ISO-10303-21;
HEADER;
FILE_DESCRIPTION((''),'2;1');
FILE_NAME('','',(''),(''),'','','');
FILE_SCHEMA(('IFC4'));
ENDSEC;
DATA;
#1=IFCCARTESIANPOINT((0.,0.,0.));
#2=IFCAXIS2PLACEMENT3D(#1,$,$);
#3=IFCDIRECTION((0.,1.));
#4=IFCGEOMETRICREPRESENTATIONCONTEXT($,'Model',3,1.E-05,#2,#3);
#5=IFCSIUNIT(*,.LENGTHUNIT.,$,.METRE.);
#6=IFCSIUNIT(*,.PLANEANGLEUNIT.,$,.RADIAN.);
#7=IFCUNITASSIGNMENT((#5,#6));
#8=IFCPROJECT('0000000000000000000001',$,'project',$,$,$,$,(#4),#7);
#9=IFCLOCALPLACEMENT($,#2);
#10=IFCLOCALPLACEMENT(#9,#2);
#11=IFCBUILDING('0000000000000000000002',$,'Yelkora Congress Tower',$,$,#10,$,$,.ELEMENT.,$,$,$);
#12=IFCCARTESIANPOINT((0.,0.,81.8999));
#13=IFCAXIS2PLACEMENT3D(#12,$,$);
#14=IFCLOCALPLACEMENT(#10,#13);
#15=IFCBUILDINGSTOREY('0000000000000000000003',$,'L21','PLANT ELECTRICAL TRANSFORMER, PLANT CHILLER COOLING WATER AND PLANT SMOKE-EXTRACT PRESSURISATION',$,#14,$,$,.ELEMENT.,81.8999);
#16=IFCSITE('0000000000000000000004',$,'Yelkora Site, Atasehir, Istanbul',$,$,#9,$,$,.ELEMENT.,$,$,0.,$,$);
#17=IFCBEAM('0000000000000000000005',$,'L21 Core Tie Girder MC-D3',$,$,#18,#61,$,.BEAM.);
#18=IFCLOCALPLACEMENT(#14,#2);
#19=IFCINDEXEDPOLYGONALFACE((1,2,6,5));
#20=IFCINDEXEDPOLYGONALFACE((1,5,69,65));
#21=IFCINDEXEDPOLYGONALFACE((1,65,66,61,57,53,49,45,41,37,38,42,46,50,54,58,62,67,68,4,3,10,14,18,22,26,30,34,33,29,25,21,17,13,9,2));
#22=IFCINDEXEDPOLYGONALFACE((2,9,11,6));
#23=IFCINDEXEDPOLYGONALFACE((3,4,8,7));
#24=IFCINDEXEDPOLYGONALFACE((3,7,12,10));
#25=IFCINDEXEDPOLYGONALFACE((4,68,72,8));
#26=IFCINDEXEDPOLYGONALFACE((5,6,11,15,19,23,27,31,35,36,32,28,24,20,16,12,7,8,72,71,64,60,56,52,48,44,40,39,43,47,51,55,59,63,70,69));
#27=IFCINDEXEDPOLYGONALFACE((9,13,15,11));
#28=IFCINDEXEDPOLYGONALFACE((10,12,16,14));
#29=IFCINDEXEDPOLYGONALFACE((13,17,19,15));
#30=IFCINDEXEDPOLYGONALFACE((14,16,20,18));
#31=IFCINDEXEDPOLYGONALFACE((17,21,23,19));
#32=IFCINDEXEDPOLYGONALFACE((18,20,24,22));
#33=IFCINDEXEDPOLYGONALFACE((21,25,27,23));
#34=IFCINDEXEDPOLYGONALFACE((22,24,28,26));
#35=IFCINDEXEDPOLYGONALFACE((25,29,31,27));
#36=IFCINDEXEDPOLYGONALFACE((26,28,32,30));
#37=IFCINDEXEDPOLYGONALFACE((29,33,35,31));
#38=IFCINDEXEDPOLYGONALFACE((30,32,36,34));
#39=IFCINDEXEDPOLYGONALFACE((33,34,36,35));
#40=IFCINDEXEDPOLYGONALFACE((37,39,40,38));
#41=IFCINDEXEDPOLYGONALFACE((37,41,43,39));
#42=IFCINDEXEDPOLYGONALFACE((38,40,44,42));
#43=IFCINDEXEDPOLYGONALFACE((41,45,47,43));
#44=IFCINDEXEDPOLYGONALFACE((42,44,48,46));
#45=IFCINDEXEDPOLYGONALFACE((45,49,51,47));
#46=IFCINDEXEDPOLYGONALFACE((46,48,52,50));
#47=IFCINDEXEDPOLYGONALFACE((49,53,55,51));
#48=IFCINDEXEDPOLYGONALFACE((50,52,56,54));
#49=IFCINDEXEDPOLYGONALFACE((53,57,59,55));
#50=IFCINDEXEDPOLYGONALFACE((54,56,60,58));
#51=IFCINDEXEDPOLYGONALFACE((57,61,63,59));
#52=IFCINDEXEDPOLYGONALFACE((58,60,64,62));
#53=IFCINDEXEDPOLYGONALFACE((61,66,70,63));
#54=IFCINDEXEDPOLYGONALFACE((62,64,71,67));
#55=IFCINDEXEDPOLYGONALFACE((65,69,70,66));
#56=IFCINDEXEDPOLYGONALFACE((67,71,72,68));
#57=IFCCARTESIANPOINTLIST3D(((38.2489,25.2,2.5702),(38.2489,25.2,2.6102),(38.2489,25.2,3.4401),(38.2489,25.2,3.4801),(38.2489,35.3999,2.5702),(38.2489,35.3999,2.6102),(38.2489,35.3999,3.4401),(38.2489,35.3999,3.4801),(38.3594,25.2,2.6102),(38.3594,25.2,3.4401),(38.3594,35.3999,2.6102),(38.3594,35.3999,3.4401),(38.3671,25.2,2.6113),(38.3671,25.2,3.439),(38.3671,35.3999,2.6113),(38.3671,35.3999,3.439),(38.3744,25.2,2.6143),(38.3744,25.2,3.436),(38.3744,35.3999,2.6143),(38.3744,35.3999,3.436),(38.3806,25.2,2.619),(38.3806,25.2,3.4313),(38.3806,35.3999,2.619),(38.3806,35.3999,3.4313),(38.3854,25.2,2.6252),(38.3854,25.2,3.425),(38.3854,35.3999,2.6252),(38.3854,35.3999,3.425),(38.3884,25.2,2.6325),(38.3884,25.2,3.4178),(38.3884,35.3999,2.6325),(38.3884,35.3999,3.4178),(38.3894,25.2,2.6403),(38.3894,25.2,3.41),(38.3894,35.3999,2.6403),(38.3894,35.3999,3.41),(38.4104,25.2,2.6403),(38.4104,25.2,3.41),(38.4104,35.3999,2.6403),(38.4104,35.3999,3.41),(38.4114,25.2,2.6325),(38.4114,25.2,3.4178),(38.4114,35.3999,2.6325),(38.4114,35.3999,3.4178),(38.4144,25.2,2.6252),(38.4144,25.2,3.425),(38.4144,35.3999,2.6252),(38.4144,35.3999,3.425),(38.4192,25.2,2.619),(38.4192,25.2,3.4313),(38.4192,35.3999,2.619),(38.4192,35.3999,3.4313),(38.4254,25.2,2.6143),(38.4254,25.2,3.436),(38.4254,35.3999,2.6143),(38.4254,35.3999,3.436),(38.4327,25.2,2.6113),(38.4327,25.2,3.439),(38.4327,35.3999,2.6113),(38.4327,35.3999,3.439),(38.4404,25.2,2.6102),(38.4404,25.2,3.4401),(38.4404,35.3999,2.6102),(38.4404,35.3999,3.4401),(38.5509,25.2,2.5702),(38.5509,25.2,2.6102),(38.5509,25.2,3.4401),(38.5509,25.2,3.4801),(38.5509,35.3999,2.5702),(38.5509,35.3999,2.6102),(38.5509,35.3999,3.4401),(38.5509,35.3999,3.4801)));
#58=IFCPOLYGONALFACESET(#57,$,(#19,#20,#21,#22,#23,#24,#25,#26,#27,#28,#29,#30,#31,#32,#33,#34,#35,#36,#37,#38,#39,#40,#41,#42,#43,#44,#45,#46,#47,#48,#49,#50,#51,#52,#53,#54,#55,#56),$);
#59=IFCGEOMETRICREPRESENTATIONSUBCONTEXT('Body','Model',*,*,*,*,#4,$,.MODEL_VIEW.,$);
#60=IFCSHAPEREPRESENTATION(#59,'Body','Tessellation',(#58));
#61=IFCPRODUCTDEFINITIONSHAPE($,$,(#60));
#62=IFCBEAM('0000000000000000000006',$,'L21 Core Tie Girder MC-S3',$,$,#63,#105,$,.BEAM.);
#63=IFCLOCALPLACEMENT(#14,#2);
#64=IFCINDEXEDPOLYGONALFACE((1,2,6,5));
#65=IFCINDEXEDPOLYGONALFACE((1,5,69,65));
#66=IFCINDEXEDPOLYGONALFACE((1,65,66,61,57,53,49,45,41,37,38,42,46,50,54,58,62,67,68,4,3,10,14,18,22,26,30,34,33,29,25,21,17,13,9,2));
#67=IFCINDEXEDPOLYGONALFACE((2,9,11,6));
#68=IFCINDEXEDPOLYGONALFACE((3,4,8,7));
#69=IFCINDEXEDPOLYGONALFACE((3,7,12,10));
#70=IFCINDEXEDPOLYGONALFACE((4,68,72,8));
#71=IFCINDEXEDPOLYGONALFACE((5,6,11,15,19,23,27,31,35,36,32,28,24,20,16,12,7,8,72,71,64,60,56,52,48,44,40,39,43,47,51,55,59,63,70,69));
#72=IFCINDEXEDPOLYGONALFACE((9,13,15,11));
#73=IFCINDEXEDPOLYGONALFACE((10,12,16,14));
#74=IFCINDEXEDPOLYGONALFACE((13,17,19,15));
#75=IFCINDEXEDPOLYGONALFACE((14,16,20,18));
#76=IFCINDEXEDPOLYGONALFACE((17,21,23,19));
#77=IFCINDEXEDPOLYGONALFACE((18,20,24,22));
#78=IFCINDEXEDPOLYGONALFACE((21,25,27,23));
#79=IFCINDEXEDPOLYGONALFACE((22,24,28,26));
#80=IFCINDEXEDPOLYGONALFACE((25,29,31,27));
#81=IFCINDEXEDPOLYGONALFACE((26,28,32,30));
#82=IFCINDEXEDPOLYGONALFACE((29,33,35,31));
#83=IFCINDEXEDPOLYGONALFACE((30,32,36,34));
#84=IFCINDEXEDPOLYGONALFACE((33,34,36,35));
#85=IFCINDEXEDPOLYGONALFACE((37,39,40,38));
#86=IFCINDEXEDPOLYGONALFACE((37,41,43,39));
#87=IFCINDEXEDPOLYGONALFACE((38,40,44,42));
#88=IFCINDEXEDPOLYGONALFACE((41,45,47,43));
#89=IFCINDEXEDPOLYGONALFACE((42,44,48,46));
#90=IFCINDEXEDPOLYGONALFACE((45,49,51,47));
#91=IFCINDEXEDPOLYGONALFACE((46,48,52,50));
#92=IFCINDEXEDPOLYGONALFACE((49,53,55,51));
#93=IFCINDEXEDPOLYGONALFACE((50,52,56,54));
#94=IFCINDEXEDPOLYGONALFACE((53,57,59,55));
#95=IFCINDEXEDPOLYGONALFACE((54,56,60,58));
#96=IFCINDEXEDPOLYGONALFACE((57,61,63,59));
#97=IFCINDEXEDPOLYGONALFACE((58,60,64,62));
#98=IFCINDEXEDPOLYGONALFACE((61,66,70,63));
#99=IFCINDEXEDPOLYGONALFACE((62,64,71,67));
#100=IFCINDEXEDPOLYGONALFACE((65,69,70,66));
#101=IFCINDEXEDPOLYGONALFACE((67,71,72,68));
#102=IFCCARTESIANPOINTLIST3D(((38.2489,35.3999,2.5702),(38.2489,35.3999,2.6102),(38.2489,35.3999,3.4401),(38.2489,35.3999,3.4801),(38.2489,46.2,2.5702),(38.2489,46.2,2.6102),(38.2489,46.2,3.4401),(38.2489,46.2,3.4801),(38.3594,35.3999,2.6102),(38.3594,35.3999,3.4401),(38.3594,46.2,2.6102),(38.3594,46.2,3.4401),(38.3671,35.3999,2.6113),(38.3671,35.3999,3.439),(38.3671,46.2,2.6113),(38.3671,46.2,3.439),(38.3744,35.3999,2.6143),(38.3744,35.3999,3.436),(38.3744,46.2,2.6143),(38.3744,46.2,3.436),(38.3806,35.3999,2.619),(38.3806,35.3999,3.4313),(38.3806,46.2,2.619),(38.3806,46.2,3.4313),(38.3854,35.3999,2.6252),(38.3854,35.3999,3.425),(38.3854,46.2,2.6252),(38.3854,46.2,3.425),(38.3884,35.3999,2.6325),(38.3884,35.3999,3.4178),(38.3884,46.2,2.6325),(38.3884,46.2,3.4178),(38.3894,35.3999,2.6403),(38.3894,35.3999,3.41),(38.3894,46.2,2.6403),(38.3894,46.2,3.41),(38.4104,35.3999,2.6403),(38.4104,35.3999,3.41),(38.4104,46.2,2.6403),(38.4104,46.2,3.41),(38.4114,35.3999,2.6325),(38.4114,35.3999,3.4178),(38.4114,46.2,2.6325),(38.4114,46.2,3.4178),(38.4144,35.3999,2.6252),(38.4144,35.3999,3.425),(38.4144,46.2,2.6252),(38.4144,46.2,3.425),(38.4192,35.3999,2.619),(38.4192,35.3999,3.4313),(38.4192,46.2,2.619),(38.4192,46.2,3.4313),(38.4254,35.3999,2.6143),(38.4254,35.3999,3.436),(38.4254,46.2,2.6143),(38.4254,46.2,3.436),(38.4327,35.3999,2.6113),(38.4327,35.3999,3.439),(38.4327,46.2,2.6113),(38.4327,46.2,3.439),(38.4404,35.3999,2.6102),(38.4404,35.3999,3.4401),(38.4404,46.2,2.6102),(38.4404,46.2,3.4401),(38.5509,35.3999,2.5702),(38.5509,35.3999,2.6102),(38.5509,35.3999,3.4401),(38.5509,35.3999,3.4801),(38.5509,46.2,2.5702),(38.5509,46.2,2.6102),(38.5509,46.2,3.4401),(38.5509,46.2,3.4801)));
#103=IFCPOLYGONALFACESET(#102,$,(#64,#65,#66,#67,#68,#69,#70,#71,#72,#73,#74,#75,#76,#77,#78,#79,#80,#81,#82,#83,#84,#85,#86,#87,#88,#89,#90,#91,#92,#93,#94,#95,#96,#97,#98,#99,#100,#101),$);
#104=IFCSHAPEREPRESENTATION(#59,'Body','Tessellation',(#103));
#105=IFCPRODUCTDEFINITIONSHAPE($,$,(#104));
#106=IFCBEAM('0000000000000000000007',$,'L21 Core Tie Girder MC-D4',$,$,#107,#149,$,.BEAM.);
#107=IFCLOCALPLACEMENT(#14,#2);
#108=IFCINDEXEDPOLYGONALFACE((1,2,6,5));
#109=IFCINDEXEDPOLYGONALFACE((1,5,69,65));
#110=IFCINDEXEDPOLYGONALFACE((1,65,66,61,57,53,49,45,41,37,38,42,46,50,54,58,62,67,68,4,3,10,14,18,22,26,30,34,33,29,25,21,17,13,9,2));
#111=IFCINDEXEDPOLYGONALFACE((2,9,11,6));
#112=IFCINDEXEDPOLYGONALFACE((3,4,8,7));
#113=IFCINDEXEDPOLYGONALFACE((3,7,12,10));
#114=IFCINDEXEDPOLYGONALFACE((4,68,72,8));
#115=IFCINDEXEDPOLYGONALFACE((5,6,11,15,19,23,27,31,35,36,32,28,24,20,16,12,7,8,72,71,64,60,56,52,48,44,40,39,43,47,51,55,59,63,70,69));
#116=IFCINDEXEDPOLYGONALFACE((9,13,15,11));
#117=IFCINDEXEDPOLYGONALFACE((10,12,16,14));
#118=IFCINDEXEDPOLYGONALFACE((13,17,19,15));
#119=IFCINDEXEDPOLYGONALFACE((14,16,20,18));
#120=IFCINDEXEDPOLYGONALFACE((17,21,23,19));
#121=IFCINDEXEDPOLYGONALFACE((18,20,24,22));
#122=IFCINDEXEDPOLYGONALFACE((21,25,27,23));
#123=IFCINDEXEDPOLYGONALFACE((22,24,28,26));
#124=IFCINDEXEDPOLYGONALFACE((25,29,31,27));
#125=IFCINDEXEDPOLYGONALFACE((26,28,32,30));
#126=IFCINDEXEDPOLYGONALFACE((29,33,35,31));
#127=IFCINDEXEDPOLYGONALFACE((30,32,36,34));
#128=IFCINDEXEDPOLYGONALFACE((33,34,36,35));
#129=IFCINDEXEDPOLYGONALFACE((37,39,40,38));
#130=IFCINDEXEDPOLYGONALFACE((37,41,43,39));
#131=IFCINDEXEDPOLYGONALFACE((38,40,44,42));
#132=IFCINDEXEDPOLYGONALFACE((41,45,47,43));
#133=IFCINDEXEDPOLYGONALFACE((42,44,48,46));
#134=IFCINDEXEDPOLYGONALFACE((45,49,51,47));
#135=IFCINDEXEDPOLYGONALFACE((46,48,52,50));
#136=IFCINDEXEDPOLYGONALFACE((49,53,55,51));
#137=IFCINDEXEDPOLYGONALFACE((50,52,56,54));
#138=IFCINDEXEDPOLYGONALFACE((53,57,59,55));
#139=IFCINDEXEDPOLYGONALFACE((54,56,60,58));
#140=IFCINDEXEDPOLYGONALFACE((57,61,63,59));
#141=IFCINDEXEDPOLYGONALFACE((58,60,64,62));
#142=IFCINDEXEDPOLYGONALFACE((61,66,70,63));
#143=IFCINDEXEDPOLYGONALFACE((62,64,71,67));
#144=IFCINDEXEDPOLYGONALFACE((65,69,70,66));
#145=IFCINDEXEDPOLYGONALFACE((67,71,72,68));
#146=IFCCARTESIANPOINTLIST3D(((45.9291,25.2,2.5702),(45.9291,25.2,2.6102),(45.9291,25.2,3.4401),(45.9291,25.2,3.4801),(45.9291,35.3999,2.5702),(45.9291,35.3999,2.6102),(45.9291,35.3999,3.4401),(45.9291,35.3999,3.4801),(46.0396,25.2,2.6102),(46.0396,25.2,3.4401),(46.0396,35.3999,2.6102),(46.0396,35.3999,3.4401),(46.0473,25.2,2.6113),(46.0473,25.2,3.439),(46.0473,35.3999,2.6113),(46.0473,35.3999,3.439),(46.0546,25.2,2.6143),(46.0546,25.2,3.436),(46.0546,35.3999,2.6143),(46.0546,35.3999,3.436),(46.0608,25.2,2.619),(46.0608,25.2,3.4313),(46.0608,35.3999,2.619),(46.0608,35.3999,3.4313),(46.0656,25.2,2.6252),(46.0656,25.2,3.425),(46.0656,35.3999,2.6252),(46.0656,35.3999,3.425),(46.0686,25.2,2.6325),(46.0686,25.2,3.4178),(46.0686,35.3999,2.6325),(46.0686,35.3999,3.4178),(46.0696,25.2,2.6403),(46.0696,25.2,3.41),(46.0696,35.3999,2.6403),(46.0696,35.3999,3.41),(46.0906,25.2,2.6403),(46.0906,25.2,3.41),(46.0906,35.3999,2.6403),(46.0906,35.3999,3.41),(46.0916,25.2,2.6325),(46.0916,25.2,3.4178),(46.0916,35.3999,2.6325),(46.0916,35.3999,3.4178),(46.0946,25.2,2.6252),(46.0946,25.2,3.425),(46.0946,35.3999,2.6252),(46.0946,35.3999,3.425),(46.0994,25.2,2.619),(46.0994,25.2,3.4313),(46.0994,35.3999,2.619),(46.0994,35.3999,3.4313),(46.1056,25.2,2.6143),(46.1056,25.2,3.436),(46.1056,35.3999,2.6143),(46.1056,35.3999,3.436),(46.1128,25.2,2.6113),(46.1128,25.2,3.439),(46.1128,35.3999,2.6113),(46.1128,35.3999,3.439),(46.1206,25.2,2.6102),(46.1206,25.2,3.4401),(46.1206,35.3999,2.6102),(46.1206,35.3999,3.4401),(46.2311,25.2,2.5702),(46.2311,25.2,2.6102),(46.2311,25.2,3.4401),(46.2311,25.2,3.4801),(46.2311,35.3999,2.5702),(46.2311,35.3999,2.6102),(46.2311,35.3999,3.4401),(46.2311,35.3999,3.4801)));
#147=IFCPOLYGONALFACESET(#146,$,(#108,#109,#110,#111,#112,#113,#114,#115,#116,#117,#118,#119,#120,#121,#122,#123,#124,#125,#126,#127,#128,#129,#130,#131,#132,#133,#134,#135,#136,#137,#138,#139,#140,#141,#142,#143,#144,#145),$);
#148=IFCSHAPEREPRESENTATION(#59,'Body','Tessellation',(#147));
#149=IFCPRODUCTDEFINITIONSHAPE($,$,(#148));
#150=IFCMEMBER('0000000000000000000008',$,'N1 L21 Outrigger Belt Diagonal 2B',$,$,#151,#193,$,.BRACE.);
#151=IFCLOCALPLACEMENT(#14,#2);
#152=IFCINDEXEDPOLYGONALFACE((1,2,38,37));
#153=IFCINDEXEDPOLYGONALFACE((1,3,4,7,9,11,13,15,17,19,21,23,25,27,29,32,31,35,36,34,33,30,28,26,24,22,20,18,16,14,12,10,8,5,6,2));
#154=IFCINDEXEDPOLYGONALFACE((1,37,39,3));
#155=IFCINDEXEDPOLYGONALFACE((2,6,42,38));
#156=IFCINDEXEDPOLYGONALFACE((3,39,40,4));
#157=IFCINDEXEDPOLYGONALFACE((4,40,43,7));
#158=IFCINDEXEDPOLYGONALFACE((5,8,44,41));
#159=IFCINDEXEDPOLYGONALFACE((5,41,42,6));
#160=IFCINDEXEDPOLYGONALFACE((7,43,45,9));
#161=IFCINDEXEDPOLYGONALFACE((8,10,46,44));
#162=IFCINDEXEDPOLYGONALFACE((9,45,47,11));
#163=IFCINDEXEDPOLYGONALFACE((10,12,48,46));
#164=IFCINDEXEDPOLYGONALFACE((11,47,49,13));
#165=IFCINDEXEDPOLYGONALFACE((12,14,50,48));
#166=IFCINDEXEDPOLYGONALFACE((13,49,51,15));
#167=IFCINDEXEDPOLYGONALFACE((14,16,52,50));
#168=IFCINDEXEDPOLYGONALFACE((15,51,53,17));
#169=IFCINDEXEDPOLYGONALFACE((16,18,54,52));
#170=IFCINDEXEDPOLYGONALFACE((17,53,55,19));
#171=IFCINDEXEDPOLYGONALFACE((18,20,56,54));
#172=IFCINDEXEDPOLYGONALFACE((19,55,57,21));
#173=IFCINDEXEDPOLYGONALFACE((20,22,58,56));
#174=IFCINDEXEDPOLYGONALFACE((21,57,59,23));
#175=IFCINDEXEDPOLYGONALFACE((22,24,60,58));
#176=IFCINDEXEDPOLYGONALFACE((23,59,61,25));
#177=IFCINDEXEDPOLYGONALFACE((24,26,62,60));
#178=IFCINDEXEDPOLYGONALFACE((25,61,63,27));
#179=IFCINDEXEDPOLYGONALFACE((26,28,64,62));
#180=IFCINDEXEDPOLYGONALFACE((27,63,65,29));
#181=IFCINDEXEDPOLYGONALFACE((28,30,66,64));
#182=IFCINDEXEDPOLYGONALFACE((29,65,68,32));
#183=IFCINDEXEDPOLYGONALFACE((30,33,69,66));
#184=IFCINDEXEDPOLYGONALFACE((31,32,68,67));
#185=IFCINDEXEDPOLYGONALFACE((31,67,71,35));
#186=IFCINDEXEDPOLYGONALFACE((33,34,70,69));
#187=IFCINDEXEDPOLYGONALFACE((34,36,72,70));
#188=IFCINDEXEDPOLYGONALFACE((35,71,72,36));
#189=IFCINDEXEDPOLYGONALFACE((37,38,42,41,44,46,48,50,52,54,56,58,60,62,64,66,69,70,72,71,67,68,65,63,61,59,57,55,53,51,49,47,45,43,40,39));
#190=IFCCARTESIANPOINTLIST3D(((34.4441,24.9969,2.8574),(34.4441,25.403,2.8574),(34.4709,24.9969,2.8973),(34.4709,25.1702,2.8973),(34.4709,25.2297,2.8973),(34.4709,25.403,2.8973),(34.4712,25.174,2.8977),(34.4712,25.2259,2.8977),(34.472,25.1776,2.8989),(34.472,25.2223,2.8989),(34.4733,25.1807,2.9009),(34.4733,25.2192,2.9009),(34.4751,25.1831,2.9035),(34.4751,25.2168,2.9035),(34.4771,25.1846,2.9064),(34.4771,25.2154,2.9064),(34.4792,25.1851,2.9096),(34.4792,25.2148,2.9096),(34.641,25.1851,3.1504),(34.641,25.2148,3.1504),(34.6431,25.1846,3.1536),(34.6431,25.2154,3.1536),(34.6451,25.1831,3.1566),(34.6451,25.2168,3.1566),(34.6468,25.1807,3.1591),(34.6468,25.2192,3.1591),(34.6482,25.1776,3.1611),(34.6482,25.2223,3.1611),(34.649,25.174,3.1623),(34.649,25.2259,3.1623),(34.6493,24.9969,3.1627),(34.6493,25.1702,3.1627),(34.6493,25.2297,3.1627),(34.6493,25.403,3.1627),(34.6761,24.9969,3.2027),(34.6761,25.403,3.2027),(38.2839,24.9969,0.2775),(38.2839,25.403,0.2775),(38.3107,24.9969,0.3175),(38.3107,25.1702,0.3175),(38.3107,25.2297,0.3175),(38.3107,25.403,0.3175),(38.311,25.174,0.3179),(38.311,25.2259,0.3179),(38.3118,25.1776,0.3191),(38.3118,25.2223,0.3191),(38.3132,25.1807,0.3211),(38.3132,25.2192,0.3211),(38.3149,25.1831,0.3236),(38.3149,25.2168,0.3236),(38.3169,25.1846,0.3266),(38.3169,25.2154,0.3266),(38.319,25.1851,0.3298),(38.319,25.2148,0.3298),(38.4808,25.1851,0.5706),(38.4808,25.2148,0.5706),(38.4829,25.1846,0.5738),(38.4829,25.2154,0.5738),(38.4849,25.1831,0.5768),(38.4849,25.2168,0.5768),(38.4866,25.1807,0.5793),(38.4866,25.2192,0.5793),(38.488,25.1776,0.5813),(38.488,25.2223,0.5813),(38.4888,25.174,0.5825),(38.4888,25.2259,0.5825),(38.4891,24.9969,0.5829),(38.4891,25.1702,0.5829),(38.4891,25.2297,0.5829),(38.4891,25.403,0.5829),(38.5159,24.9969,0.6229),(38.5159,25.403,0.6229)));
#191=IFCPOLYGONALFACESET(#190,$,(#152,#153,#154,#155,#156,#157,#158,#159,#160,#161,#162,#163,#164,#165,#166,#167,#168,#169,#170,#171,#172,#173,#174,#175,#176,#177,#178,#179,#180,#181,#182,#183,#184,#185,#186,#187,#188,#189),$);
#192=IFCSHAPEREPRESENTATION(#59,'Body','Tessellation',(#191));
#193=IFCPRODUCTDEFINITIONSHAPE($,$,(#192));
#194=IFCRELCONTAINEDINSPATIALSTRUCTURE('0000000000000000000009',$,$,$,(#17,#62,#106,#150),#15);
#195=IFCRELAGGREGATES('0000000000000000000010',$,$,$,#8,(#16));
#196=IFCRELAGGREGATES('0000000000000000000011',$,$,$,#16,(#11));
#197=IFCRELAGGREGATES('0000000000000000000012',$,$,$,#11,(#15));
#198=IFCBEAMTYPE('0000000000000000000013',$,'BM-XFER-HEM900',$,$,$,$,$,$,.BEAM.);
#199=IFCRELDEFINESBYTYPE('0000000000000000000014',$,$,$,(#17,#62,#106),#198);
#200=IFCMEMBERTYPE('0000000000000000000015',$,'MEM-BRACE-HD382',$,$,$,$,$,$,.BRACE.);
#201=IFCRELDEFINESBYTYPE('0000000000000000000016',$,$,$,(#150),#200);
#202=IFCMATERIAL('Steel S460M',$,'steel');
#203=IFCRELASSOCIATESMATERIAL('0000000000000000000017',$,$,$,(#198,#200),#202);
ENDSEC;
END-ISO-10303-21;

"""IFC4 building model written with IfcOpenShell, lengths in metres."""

from ifc_helpers import new_model, si_unit, direction, frame, origin, origin_2d, place, context, subcontext, project, spatial, i_section, extrude, material, material_profile, profile_set, type_object, element, save


model = new_model("IFC4")

# Units and contexts
model_context = context("Model", 3, precision=1e-05, world=origin(), true_north=direction((0.0, 1.0)))
body_context = subcontext(model_context, "Body", "Model", "MODEL_VIEW")
ifc_project = project(units=[si_unit("LENGTHUNIT", "METRE"), si_unit("PLANEANGLEUNIT", "RADIAN")], contexts=[model_context])

# Site, building, storey
site_placement = place(None, origin())
site = spatial("IfcSite", under=ifc_project, at=site_placement, Name="Yelkora Site, Atasehir, Istanbul", CompositionType="ELEMENT", RefElevation=0.0)
building_placement = place(site_placement, origin())
building = spatial("IfcBuilding", under=site, at=building_placement, Name="Yelkora Congress Tower", CompositionType="ELEMENT")
storey_placement = place(building_placement, frame((0.0, 0.0, 81.8999)))
storey = spatial("IfcBuildingStorey", under=building, at=storey_placement, Name="L21", Description="PLANT ELECTRICAL TRANSFORMER, PLANT CHILLER COOLING WATER AND PLANT SMOKE-EXTRACT PRESSURISATION", CompositionType="ELEMENT", Elevation=81.8999)

# Beams
ifc_material_1 = material(Name="Steel S460M", Category="steel")
ifc_material_profile_1 = material_profile(ifc_material_1, i_section(OverallWidth=0.302, OverallDepth=0.9099, WebThickness=0.021, FlangeThickness=0.04, FilletRadius=0.03, at=origin_2d()), Name="HEM 900")
ifc_profile_set_1 = profile_set([ifc_material_profile_1], Name="Steel S460M")
beam_type = type_object("IfcBeamType", Name="BM-XFER-HEM900", PredefinedType="BEAM", material=ifc_profile_set_1)
beam_1_placement = place(storey_placement, frame((38.3999, 25.2, 3.0251), z_axis=(0.0, 1.0, 0.0), x_axis=(-1.0, 0.0, 0.0)))
element("IfcBeam", 1, at=beam_1_placement, inside=storey, type_object=beam_type, Name="L21 Core Tie Girder MC-D3", PredefinedType="BEAM", context=body_context, shape_type="SweptSolid", body=[
    extrude(i_section(OverallWidth=0.302, OverallDepth=0.9099, WebThickness=0.021, FlangeThickness=0.04, FilletRadius=0.03, at=origin_2d()), origin(), (0.0, 0.0, 1.0), 10.2),
])
beam_2_placement = place(storey_placement, frame((38.3999, 35.3999, 3.0251), z_axis=(0.0, 1.0, 0.0), x_axis=(-1.0, 0.0, 0.0)))
element("IfcBeam", 2, at=beam_2_placement, inside=storey, type_object=beam_type, Name="L21 Core Tie Girder MC-S3", PredefinedType="BEAM", context=body_context, shape_type="SweptSolid", body=[
    extrude(i_section(OverallWidth=0.302, OverallDepth=0.9099, WebThickness=0.021, FlangeThickness=0.04, FilletRadius=0.03, at=origin_2d()), origin(), (0.0, 0.0, 1.0), 10.8),
])
beam_3_placement = place(storey_placement, frame((46.0801, 25.2, 3.0251), z_axis=(0.0, 1.0, 0.0), x_axis=(-1.0, 0.0, 0.0)))
element("IfcBeam", 3, at=beam_3_placement, inside=storey, type_object=beam_type, Name="L21 Core Tie Girder MC-D4", PredefinedType="BEAM", context=body_context, shape_type="SweptSolid", body=[
    extrude(i_section(OverallWidth=0.302, OverallDepth=0.9099, WebThickness=0.021, FlangeThickness=0.04, FilletRadius=0.03, at=origin_2d()), origin(), (0.0, 0.0, 1.0), 10.2),
])

# Member
ifc_material_profile_2 = material_profile(ifc_material_1, i_section(OverallWidth=0.406, OverallDepth=0.416, WebThickness=0.0298, FlangeThickness=0.0481, FilletRadius=0.0149, at=origin_2d()), Name="HD 400x382")
ifc_profile_set_2 = profile_set([ifc_material_profile_2], Name="Steel S460M")
member_type_1 = type_object("IfcMemberType", Name="MEM-BRACE-HD382", PredefinedType="BRACE", material=ifc_profile_set_2)
member_1_placement = place(storey_placement, frame((38.3999, 25.2, 0.4502), z_axis=(-0.830056, 0.0, 0.55768), x_axis=(0.0, -1.0, 0.0)))
element("IfcMember", 4, at=member_1_placement, inside=storey, type_object=member_type_1, Name="N1 L21 Outrigger Belt Diagonal 2B", PredefinedType="BRACE", context=body_context, shape_type="SweptSolid", body=[
    extrude(i_section(OverallWidth=0.406, OverallDepth=0.416, WebThickness=0.0298, FlangeThickness=0.0481, FilletRadius=0.0149, at=origin_2d()), origin(), (0.0, 0.0, 1.0), 4.626),
])

save(model, "model.ifc")
